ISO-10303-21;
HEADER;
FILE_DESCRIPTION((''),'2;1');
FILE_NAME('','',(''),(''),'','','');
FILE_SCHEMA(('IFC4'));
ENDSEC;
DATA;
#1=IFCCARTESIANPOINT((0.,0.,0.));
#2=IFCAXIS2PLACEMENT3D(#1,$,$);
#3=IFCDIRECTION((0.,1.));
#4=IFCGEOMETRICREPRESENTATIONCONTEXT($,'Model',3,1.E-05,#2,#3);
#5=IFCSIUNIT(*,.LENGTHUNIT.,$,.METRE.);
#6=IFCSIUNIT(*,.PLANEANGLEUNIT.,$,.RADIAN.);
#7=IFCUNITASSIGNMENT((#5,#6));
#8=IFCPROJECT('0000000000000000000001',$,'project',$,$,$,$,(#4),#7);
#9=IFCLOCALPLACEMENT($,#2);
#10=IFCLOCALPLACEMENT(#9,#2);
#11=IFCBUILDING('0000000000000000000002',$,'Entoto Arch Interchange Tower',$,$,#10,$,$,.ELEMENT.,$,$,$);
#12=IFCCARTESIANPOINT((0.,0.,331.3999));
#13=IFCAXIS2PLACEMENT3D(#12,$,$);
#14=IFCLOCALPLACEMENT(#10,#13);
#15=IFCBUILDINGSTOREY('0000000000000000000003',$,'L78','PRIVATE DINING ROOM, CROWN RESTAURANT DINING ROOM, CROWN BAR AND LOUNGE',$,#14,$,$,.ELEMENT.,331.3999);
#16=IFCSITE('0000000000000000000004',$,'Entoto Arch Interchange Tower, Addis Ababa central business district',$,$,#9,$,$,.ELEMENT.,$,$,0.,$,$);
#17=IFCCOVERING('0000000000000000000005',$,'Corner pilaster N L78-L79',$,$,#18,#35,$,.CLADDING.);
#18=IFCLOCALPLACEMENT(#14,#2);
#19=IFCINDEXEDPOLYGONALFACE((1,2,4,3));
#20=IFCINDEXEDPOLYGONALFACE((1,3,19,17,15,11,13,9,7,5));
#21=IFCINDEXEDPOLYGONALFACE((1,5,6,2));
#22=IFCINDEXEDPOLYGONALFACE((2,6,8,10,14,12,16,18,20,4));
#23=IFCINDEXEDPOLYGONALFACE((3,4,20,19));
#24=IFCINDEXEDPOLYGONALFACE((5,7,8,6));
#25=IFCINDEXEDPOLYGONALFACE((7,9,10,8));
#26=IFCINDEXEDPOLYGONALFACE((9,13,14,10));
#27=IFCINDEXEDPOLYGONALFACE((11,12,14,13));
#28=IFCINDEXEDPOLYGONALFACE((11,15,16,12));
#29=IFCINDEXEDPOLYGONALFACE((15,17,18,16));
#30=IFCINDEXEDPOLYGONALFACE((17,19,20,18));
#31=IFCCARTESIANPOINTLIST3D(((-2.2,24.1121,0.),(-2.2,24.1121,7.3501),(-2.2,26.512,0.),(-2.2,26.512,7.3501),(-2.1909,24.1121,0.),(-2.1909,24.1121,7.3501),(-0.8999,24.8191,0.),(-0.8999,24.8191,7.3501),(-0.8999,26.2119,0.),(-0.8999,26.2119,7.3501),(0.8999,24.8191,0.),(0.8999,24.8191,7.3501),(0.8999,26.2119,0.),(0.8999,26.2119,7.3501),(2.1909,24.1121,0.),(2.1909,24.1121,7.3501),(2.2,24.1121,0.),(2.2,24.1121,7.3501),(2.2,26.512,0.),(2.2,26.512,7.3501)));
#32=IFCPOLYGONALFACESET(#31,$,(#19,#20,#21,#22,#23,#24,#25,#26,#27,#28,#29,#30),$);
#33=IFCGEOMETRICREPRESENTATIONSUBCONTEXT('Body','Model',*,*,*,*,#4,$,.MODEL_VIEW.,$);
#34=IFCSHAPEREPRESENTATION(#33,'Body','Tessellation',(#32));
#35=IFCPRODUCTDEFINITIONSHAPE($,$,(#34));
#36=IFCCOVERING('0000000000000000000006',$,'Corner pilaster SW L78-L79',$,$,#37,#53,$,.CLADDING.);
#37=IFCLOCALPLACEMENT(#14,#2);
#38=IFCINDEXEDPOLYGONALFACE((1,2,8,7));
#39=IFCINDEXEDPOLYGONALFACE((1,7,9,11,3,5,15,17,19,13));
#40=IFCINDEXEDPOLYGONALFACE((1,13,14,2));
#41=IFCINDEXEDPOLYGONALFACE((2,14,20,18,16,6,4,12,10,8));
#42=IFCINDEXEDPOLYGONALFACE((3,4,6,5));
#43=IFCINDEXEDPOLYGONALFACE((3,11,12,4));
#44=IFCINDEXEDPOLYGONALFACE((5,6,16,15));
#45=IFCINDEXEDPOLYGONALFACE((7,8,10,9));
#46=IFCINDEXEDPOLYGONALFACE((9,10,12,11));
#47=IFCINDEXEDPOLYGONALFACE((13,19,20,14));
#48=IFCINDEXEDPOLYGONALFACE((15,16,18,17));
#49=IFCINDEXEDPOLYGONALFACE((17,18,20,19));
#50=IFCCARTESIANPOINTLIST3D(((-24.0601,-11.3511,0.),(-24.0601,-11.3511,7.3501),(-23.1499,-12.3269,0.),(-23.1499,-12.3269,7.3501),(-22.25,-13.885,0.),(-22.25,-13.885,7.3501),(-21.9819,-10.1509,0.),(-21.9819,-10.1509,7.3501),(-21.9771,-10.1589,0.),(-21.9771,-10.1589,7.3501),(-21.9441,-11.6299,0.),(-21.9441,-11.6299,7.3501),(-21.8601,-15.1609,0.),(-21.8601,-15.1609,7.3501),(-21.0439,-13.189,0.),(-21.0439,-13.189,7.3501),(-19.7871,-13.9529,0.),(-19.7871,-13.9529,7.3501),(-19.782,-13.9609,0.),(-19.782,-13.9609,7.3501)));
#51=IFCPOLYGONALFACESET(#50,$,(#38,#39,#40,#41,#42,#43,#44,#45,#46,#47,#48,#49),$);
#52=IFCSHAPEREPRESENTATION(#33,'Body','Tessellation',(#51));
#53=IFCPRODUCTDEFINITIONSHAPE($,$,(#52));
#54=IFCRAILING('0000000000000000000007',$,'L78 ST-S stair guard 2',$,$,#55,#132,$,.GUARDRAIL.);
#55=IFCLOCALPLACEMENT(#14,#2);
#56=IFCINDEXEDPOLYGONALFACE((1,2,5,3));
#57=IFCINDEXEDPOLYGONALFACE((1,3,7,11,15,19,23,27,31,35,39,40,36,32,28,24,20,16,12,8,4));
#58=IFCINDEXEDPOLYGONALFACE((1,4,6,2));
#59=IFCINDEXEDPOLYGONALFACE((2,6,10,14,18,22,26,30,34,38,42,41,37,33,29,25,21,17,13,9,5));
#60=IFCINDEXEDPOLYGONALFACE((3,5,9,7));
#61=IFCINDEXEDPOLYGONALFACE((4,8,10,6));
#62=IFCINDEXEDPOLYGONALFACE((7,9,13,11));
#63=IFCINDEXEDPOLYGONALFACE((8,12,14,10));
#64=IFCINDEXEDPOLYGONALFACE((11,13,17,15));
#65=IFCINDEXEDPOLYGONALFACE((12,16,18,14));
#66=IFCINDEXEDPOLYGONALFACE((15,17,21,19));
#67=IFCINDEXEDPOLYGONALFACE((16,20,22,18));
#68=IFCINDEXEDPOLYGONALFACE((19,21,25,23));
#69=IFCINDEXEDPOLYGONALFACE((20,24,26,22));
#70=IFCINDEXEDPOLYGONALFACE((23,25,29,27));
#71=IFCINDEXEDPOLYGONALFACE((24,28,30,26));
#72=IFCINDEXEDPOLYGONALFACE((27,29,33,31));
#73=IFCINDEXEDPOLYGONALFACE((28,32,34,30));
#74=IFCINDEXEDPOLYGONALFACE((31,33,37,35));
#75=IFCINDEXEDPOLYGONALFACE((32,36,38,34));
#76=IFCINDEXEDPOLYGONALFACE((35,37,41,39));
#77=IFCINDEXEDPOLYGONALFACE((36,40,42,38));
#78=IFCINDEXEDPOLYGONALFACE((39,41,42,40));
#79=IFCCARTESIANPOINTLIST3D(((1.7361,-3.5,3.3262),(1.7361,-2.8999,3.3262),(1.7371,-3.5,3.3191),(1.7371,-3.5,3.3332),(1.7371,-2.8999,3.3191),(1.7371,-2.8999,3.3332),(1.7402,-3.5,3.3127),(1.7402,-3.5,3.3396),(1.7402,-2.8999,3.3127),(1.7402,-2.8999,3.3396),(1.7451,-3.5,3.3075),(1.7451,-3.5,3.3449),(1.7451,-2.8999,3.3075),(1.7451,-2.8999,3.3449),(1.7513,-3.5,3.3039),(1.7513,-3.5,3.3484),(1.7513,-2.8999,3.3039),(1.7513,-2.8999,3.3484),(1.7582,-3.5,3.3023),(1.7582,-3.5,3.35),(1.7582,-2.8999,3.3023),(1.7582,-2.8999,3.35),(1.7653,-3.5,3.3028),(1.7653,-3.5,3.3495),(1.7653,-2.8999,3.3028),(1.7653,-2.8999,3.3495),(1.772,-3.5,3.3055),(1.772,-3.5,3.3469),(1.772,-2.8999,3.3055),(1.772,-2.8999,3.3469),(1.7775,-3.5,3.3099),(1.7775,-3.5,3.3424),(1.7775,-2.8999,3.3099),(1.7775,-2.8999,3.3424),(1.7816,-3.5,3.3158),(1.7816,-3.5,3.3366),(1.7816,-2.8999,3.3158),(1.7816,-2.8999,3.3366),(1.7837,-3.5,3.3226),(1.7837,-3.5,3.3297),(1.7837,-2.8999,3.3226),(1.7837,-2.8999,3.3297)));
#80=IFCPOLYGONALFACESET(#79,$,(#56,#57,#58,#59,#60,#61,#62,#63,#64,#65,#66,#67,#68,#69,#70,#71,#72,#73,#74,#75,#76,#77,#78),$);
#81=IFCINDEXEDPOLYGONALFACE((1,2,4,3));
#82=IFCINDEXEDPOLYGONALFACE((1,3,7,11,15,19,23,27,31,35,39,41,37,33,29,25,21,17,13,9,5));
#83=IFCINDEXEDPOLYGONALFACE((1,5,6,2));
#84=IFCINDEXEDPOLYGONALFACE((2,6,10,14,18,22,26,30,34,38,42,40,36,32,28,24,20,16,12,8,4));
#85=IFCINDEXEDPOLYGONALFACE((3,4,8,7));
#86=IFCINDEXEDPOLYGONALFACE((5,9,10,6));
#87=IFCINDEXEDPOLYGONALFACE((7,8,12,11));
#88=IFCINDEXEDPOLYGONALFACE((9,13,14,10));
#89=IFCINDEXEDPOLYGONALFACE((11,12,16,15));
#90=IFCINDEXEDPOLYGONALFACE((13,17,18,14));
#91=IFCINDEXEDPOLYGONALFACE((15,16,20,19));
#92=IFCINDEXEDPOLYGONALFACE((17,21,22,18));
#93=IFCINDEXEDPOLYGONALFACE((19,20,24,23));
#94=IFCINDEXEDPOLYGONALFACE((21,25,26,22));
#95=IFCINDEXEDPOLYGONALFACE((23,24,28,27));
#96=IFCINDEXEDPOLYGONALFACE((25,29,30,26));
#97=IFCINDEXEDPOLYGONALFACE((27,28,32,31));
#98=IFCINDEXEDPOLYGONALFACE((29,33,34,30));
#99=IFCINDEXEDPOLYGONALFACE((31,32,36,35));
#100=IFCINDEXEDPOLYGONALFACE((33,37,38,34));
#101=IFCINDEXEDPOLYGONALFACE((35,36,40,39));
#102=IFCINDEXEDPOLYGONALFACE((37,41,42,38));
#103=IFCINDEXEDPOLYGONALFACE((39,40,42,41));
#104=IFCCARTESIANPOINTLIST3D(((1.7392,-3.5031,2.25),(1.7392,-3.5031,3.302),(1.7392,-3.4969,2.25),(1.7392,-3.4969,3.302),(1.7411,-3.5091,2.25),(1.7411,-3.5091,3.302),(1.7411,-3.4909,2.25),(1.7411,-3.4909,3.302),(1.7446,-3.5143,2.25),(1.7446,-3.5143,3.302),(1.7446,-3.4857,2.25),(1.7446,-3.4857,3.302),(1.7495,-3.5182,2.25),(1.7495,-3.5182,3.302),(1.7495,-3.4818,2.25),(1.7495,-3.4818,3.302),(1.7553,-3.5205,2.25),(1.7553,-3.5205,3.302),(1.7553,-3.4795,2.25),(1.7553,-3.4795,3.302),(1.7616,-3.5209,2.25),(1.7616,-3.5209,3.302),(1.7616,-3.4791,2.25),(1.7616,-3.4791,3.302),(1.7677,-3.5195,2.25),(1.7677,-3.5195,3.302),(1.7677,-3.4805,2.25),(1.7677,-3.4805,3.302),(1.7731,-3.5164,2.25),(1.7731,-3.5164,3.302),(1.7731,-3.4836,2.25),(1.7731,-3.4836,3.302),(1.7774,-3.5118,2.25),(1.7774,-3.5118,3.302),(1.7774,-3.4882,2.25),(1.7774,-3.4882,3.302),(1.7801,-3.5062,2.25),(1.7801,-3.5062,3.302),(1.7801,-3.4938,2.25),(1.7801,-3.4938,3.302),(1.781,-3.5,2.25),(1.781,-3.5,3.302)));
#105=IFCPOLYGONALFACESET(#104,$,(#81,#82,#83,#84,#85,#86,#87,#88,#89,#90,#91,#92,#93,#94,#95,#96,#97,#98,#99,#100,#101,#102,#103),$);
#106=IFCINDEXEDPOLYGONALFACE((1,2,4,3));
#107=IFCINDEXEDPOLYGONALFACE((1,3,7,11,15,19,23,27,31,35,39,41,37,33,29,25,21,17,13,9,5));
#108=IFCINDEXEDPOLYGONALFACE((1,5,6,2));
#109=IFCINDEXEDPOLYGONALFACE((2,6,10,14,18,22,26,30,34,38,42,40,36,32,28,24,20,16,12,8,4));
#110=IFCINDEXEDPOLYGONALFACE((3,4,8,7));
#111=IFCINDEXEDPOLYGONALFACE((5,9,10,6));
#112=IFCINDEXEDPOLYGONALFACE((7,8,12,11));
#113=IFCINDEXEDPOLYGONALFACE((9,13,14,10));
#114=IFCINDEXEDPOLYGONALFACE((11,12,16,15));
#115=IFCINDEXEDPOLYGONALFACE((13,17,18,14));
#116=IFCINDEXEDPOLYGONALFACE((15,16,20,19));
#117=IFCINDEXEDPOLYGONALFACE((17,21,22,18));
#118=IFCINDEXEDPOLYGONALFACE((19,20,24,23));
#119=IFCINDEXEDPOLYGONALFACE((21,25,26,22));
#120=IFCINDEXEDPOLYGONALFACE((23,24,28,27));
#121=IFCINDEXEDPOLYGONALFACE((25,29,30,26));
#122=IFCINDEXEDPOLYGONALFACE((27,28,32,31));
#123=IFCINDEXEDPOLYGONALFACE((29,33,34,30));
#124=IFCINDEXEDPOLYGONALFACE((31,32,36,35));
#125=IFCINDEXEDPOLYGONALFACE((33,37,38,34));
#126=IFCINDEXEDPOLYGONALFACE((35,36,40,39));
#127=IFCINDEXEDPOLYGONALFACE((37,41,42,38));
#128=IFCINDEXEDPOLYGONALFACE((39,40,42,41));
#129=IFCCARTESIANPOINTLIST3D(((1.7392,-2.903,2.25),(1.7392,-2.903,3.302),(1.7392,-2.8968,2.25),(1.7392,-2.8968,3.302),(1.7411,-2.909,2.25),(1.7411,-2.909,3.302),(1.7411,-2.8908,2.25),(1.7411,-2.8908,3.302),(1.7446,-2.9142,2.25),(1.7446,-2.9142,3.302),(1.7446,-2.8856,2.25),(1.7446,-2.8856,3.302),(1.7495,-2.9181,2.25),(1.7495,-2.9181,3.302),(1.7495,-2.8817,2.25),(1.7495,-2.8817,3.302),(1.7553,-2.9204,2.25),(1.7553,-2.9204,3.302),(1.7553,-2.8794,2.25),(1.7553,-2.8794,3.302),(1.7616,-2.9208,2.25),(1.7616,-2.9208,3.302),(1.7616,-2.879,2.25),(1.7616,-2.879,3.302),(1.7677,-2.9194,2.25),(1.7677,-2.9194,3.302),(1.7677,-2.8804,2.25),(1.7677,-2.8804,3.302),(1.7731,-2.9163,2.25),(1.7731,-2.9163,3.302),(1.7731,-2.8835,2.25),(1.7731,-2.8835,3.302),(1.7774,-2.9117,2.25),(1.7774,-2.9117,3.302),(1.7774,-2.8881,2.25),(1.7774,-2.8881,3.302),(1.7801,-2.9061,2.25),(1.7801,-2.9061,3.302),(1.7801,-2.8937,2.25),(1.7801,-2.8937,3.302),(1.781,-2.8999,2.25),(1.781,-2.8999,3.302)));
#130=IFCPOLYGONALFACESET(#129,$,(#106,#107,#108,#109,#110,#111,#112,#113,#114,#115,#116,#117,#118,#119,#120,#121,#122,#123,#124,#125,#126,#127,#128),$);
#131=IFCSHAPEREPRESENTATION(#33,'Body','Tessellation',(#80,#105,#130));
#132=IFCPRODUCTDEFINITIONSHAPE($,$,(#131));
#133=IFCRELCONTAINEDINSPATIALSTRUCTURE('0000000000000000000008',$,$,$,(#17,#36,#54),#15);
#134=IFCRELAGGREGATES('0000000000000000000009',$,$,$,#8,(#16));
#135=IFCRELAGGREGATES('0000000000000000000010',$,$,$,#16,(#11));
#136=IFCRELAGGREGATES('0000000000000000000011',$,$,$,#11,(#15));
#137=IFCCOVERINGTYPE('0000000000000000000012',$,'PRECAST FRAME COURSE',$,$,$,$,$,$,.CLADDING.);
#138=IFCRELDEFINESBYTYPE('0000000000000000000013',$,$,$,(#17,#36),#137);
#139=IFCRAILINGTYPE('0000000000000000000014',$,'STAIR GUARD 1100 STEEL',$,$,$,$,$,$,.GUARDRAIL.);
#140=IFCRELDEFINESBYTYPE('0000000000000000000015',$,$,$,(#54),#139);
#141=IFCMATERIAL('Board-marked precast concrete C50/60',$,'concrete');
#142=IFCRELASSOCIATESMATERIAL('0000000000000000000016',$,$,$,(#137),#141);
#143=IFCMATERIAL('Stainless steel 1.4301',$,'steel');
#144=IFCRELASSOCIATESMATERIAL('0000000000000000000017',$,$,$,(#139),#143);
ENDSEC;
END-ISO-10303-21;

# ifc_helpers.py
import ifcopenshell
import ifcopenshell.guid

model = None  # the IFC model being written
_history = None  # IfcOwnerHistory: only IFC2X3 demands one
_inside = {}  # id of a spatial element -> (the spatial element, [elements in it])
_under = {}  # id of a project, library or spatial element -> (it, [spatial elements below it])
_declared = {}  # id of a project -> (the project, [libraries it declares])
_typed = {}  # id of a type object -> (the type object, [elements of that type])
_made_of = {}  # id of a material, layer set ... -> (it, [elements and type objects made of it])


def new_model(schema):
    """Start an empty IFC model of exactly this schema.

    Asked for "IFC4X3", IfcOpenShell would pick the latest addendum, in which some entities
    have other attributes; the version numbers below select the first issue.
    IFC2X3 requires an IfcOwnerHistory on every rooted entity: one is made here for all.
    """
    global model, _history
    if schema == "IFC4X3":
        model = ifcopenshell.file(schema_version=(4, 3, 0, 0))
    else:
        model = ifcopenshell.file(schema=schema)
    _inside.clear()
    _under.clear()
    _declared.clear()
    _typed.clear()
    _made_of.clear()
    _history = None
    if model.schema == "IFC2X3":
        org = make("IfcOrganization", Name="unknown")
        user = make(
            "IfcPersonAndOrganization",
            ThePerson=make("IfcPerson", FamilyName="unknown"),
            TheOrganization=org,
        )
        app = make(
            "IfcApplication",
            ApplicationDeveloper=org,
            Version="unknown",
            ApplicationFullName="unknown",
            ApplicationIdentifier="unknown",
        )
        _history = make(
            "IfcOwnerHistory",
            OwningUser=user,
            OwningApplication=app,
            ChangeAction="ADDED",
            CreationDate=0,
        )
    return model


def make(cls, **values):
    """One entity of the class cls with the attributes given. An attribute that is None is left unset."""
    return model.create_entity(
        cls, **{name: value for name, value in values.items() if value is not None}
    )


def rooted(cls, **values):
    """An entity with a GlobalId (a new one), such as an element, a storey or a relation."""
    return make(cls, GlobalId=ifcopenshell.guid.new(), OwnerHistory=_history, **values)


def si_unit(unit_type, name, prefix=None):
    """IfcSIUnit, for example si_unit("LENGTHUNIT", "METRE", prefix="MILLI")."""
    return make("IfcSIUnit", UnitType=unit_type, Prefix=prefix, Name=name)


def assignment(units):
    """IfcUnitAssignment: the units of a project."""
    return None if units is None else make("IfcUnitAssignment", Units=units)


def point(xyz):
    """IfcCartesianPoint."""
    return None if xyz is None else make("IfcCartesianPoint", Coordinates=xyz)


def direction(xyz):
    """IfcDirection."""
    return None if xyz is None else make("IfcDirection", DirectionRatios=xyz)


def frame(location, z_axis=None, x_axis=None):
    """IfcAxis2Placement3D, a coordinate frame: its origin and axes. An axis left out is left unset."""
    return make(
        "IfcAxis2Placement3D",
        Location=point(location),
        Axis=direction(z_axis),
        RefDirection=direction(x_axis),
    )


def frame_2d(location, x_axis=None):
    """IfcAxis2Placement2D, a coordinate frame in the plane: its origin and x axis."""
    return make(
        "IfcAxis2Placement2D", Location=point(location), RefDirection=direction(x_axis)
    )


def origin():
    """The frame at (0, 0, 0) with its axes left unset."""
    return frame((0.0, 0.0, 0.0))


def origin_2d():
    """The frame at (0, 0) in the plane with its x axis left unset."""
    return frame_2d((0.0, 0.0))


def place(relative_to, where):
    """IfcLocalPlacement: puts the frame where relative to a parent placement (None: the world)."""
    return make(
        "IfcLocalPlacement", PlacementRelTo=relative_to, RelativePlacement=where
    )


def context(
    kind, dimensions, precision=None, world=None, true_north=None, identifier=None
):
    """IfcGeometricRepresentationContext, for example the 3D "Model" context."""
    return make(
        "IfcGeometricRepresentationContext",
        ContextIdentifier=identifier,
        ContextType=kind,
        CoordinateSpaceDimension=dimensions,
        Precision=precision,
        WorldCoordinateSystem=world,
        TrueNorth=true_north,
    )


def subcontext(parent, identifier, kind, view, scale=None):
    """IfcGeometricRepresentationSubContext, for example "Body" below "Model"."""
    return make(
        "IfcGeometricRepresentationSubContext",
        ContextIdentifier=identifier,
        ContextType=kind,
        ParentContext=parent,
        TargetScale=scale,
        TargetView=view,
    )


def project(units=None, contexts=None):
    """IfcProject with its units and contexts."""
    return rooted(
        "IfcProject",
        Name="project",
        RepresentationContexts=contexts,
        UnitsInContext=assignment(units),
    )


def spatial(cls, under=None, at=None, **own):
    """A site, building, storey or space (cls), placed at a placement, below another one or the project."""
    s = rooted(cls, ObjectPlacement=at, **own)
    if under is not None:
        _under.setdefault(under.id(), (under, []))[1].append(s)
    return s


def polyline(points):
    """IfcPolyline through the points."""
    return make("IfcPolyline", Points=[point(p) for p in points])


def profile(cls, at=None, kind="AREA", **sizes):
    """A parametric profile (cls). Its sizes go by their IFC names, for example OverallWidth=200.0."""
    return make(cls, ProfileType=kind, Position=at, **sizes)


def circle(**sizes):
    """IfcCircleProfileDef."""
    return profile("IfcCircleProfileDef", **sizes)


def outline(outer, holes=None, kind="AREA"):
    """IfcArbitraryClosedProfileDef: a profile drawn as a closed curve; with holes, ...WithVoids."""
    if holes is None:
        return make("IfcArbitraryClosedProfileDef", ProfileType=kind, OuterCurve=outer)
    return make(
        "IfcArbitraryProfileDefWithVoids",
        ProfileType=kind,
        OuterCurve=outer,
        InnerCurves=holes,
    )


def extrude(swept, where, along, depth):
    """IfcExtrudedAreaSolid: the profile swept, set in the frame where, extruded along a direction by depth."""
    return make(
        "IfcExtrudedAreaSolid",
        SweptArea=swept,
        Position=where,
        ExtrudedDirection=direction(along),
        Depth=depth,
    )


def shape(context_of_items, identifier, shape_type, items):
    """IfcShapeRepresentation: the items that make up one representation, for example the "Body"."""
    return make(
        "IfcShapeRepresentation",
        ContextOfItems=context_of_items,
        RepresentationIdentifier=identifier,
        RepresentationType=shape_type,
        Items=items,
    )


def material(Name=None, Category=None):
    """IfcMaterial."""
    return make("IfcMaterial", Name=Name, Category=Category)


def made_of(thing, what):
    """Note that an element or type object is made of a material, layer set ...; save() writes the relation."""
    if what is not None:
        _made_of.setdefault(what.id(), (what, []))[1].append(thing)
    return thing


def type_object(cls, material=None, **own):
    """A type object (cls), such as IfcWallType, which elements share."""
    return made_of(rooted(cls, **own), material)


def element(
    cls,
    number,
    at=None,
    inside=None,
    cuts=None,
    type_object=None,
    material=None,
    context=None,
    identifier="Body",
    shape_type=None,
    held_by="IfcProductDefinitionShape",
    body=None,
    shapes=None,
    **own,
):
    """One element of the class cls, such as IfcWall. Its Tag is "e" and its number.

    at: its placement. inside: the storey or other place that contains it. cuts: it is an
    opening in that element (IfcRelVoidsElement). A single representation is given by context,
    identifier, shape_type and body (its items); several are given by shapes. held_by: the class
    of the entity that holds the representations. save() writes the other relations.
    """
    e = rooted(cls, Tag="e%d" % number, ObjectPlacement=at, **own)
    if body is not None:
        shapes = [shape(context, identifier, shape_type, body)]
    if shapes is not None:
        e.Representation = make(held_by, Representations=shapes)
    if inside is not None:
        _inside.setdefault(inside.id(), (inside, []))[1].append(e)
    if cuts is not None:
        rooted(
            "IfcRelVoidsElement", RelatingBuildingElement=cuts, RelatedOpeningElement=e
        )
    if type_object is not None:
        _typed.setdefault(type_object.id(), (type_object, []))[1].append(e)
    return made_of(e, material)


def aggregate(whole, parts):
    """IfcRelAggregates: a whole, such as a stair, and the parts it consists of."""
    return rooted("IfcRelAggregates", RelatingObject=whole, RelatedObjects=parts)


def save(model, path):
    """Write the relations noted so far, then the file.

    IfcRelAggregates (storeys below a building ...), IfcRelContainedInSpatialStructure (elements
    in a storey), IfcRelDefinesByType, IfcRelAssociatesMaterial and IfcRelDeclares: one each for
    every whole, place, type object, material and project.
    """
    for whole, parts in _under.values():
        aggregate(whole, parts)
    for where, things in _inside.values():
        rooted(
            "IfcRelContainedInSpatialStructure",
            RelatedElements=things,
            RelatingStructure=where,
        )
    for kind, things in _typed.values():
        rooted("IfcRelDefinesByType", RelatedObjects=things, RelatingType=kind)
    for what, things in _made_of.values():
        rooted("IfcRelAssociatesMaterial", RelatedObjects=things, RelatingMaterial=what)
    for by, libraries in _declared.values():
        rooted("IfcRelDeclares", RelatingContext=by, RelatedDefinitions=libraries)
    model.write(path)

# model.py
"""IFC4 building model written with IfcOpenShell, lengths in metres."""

from ifc_helpers import new_model, si_unit, direction, frame, origin, origin_2d, place, context, subcontext, project, spatial, polyline, circle, outline, extrude, material, type_object, element, save


model = new_model("IFC4")

# Units and contexts
model_context = context("Model", 3, precision=1e-05, world=origin(), true_north=direction((0.0, 1.0)))
body_context = subcontext(model_context, "Body", "Model", "MODEL_VIEW")
ifc_project = project(units=[si_unit("LENGTHUNIT", "METRE"), si_unit("PLANEANGLEUNIT", "RADIAN")], contexts=[model_context])

# Site, building, storey
site_placement = place(None, origin())
site = spatial("IfcSite", under=ifc_project, at=site_placement, Name="Entoto Arch Interchange Tower, Addis Ababa central business district", CompositionType="ELEMENT", RefElevation=0.0)
building_placement = place(site_placement, origin())
building = spatial("IfcBuilding", under=site, at=building_placement, Name="Entoto Arch Interchange Tower", CompositionType="ELEMENT")
storey_placement = place(building_placement, frame((0.0, 0.0, 331.3999)))
storey = spatial("IfcBuildingStorey", under=building, at=storey_placement, Name="L78", Description="PRIVATE DINING ROOM, CROWN RESTAURANT DINING ROOM, CROWN BAR AND LOUNGE", CompositionType="ELEMENT", Elevation=331.3999)

# Shared definitions
ifc_material_1 = material(Name="Board-marked precast concrete C50/60", Category="concrete")

# Coverings
covering_type = type_object("IfcCoveringType", Name="PRECAST FRAME COURSE", PredefinedType="CLADDING", material=ifc_material_1)
covering_1_placement = place(storey_placement, origin())
element("IfcCovering", 1, at=covering_1_placement, inside=storey, type_object=covering_type, Name="Corner pilaster N L78-L79", PredefinedType="CLADDING", context=body_context, shape_type="SweptSolid", body=[
    extrude(outline(polyline([(-2.2, 26.512), (2.2, 26.512), (2.2, 24.1121), (2.1909, 24.1121), (0.8999, 24.8191), (0.8999, 26.2119), (-0.8999, 26.2119), (-0.8999, 24.8191), (-2.1909, 24.1121), (-2.2, 24.1121), (-2.2, 26.512)])), origin(), (0.0, 0.0, 1.0), 7.3501),
])
covering_2_placement = place(storey_placement, origin())
element("IfcCovering", 2, at=covering_2_placement, inside=storey, type_object=covering_type, Name="Corner pilaster SW L78-L79", PredefinedType="CLADDING", context=body_context, shape_type="SweptSolid", body=[
    extrude(outline(polyline([(-21.8601, -15.1609), (-24.0601, -11.3511), (-21.9819, -10.1509), (-21.9771, -10.1589), (-21.9441, -11.6299), (-23.1499, -12.3269), (-22.25, -13.885), (-21.0439, -13.189), (-19.7871, -13.9529), (-19.782, -13.9609), (-21.8601, -15.1609)])), origin(), (0.0, 0.0, 1.0), 7.3501),
])

# Railing
ifc_material_2 = material(Name="Stainless steel 1.4301", Category="steel")
railing_type_1 = type_object("IfcRailingType", Name="STAIR GUARD 1100 STEEL", PredefinedType="GUARDRAIL", material=ifc_material_2)
railing_1_placement = place(storey_placement, frame((1.76, -3.5, 2.25)))
element("IfcRailing", 3, at=railing_1_placement, inside=storey, type_object=railing_type_1, Name="L78 ST-S stair guard 2", PredefinedType="GUARDRAIL", context=body_context, shape_type="SweptSolid", body=[
    extrude(circle(Radius=0.0239, at=origin_2d()), frame((0.0, 0.0, 1.0762), z_axis=(0.0, 1.0, 0.0), x_axis=(-1.0, 0.0, 0.0)), (0.0, 0.0, 1.0), 0.6001),
    extrude(circle(Radius=0.021, at=origin_2d()), origin(), (0.0, 0.0, 1.0), 1.052),
    extrude(circle(Radius=0.021, at=origin_2d()), frame((0.0, 0.6001, 0.0)), (0.0, 0.0, 1.0), 1.052),
])

save(model, "model.ifc")
